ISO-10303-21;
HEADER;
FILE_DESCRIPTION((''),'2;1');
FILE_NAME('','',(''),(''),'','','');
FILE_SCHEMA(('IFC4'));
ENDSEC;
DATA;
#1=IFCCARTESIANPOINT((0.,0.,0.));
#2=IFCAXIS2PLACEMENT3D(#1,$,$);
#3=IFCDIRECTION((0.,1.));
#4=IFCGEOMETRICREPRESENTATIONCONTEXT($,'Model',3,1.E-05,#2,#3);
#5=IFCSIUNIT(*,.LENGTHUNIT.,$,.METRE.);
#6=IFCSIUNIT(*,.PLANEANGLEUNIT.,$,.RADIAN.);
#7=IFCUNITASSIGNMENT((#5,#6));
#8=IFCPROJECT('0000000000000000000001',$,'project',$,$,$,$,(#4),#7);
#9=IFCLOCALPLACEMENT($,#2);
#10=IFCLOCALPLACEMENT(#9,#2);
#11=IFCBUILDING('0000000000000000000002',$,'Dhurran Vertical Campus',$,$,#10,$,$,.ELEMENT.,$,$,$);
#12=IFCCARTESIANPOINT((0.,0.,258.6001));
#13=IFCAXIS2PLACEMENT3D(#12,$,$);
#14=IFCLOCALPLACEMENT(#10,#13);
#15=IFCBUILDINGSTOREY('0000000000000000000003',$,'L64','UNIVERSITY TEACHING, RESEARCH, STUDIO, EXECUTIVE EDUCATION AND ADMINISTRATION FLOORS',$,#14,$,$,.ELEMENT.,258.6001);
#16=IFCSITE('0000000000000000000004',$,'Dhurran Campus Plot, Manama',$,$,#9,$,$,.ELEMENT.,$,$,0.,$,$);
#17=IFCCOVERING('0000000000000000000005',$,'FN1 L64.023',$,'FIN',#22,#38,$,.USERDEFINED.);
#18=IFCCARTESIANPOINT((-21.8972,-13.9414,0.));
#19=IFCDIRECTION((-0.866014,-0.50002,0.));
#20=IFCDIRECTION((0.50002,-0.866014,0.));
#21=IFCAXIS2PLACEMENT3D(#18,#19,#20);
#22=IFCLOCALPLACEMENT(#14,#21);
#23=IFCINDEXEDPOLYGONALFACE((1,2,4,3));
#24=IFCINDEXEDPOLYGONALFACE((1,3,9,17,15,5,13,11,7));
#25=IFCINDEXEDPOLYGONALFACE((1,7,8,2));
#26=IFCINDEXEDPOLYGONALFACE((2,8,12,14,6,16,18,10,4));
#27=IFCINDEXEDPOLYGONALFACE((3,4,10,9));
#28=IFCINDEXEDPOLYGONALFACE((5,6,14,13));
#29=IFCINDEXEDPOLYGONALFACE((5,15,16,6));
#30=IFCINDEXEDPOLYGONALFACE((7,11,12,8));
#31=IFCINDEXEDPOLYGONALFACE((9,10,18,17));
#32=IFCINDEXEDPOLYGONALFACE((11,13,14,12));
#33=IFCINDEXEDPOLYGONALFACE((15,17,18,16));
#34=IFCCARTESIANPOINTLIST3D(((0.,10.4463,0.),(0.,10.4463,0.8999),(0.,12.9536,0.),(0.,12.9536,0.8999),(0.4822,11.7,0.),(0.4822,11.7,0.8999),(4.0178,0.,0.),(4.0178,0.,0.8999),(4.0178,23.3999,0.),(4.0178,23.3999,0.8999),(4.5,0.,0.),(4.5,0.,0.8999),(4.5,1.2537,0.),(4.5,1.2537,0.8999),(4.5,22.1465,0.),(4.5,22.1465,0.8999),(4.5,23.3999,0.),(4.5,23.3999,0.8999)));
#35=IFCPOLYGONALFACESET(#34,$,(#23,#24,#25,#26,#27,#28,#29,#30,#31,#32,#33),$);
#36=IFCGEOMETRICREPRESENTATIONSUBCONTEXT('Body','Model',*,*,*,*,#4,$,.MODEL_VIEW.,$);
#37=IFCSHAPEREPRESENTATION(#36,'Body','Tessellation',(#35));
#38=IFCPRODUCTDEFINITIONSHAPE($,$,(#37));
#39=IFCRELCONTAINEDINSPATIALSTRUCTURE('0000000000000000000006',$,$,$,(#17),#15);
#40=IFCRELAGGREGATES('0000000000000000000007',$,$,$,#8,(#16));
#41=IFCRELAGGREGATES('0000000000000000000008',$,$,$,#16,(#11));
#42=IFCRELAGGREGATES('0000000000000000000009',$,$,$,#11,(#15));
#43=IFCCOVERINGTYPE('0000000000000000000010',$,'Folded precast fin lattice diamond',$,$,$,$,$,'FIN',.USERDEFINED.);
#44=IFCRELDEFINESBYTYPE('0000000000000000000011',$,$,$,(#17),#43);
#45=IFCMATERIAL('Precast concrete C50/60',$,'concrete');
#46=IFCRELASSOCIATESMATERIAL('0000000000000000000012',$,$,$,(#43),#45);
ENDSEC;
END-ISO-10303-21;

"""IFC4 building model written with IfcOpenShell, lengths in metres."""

from ifc_helpers import new_model, si_unit, direction, frame, origin, place, context, subcontext, project, spatial, polyline, outline, extrude, material, type_object, element, save


model = new_model("IFC4")

# Units and contexts
model_context = context("Model", 3, precision=1e-05, world=origin(), true_north=direction((0.0, 1.0)))
body_context = subcontext(model_context, "Body", "Model", "MODEL_VIEW")
ifc_project = project(units=[si_unit("LENGTHUNIT", "METRE"), si_unit("PLANEANGLEUNIT", "RADIAN")], contexts=[model_context])

# Site, building, storey
site_placement = place(None, origin())
site = spatial("IfcSite", under=ifc_project, at=site_placement, Name="Dhurran Campus Plot, Manama", CompositionType="ELEMENT", RefElevation=0.0)
building_placement = place(site_placement, origin())
building = spatial("IfcBuilding", under=site, at=building_placement, Name="Dhurran Vertical Campus", CompositionType="ELEMENT")
storey_placement = place(building_placement, frame((0.0, 0.0, 258.6001)))
storey = spatial("IfcBuildingStorey", under=building, at=storey_placement, Name="L64", Description="UNIVERSITY TEACHING, RESEARCH, STUDIO, EXECUTIVE EDUCATION AND ADMINISTRATION FLOORS", CompositionType="ELEMENT", Elevation=258.6001)

# Covering
ifc_material_1 = material(Name="Precast concrete C50/60", Category="concrete")
covering_type = type_object("IfcCoveringType", Name="Folded precast fin lattice diamond", ElementType="FIN", PredefinedType="USERDEFINED", material=ifc_material_1)
covering_1_placement = place(storey_placement, frame((-21.8972, -13.9414, 0.0), z_axis=(-0.866014, -0.50002, 0.0), x_axis=(0.50002, -0.866014, 0.0)))
element("IfcCovering", 1, at=covering_1_placement, inside=storey, type_object=covering_type, Name="FN1 L64.023", ObjectType="FIN", PredefinedType="USERDEFINED", context=body_context, shape_type="SweptSolid", body=[
    extrude(outline(polyline([(4.0178, 0.0), (0.0, 10.4463), (0.0, 12.9536), (4.0178, 23.3999), (4.5, 23.3999), (4.5, 22.1465), (0.4822, 11.7), (4.5, 1.2537), (4.5, 0.0), (4.0178, 0.0)])), origin(), (0.0, 0.0, 1.0), 0.8999),
])

save(model, "model.ifc")
